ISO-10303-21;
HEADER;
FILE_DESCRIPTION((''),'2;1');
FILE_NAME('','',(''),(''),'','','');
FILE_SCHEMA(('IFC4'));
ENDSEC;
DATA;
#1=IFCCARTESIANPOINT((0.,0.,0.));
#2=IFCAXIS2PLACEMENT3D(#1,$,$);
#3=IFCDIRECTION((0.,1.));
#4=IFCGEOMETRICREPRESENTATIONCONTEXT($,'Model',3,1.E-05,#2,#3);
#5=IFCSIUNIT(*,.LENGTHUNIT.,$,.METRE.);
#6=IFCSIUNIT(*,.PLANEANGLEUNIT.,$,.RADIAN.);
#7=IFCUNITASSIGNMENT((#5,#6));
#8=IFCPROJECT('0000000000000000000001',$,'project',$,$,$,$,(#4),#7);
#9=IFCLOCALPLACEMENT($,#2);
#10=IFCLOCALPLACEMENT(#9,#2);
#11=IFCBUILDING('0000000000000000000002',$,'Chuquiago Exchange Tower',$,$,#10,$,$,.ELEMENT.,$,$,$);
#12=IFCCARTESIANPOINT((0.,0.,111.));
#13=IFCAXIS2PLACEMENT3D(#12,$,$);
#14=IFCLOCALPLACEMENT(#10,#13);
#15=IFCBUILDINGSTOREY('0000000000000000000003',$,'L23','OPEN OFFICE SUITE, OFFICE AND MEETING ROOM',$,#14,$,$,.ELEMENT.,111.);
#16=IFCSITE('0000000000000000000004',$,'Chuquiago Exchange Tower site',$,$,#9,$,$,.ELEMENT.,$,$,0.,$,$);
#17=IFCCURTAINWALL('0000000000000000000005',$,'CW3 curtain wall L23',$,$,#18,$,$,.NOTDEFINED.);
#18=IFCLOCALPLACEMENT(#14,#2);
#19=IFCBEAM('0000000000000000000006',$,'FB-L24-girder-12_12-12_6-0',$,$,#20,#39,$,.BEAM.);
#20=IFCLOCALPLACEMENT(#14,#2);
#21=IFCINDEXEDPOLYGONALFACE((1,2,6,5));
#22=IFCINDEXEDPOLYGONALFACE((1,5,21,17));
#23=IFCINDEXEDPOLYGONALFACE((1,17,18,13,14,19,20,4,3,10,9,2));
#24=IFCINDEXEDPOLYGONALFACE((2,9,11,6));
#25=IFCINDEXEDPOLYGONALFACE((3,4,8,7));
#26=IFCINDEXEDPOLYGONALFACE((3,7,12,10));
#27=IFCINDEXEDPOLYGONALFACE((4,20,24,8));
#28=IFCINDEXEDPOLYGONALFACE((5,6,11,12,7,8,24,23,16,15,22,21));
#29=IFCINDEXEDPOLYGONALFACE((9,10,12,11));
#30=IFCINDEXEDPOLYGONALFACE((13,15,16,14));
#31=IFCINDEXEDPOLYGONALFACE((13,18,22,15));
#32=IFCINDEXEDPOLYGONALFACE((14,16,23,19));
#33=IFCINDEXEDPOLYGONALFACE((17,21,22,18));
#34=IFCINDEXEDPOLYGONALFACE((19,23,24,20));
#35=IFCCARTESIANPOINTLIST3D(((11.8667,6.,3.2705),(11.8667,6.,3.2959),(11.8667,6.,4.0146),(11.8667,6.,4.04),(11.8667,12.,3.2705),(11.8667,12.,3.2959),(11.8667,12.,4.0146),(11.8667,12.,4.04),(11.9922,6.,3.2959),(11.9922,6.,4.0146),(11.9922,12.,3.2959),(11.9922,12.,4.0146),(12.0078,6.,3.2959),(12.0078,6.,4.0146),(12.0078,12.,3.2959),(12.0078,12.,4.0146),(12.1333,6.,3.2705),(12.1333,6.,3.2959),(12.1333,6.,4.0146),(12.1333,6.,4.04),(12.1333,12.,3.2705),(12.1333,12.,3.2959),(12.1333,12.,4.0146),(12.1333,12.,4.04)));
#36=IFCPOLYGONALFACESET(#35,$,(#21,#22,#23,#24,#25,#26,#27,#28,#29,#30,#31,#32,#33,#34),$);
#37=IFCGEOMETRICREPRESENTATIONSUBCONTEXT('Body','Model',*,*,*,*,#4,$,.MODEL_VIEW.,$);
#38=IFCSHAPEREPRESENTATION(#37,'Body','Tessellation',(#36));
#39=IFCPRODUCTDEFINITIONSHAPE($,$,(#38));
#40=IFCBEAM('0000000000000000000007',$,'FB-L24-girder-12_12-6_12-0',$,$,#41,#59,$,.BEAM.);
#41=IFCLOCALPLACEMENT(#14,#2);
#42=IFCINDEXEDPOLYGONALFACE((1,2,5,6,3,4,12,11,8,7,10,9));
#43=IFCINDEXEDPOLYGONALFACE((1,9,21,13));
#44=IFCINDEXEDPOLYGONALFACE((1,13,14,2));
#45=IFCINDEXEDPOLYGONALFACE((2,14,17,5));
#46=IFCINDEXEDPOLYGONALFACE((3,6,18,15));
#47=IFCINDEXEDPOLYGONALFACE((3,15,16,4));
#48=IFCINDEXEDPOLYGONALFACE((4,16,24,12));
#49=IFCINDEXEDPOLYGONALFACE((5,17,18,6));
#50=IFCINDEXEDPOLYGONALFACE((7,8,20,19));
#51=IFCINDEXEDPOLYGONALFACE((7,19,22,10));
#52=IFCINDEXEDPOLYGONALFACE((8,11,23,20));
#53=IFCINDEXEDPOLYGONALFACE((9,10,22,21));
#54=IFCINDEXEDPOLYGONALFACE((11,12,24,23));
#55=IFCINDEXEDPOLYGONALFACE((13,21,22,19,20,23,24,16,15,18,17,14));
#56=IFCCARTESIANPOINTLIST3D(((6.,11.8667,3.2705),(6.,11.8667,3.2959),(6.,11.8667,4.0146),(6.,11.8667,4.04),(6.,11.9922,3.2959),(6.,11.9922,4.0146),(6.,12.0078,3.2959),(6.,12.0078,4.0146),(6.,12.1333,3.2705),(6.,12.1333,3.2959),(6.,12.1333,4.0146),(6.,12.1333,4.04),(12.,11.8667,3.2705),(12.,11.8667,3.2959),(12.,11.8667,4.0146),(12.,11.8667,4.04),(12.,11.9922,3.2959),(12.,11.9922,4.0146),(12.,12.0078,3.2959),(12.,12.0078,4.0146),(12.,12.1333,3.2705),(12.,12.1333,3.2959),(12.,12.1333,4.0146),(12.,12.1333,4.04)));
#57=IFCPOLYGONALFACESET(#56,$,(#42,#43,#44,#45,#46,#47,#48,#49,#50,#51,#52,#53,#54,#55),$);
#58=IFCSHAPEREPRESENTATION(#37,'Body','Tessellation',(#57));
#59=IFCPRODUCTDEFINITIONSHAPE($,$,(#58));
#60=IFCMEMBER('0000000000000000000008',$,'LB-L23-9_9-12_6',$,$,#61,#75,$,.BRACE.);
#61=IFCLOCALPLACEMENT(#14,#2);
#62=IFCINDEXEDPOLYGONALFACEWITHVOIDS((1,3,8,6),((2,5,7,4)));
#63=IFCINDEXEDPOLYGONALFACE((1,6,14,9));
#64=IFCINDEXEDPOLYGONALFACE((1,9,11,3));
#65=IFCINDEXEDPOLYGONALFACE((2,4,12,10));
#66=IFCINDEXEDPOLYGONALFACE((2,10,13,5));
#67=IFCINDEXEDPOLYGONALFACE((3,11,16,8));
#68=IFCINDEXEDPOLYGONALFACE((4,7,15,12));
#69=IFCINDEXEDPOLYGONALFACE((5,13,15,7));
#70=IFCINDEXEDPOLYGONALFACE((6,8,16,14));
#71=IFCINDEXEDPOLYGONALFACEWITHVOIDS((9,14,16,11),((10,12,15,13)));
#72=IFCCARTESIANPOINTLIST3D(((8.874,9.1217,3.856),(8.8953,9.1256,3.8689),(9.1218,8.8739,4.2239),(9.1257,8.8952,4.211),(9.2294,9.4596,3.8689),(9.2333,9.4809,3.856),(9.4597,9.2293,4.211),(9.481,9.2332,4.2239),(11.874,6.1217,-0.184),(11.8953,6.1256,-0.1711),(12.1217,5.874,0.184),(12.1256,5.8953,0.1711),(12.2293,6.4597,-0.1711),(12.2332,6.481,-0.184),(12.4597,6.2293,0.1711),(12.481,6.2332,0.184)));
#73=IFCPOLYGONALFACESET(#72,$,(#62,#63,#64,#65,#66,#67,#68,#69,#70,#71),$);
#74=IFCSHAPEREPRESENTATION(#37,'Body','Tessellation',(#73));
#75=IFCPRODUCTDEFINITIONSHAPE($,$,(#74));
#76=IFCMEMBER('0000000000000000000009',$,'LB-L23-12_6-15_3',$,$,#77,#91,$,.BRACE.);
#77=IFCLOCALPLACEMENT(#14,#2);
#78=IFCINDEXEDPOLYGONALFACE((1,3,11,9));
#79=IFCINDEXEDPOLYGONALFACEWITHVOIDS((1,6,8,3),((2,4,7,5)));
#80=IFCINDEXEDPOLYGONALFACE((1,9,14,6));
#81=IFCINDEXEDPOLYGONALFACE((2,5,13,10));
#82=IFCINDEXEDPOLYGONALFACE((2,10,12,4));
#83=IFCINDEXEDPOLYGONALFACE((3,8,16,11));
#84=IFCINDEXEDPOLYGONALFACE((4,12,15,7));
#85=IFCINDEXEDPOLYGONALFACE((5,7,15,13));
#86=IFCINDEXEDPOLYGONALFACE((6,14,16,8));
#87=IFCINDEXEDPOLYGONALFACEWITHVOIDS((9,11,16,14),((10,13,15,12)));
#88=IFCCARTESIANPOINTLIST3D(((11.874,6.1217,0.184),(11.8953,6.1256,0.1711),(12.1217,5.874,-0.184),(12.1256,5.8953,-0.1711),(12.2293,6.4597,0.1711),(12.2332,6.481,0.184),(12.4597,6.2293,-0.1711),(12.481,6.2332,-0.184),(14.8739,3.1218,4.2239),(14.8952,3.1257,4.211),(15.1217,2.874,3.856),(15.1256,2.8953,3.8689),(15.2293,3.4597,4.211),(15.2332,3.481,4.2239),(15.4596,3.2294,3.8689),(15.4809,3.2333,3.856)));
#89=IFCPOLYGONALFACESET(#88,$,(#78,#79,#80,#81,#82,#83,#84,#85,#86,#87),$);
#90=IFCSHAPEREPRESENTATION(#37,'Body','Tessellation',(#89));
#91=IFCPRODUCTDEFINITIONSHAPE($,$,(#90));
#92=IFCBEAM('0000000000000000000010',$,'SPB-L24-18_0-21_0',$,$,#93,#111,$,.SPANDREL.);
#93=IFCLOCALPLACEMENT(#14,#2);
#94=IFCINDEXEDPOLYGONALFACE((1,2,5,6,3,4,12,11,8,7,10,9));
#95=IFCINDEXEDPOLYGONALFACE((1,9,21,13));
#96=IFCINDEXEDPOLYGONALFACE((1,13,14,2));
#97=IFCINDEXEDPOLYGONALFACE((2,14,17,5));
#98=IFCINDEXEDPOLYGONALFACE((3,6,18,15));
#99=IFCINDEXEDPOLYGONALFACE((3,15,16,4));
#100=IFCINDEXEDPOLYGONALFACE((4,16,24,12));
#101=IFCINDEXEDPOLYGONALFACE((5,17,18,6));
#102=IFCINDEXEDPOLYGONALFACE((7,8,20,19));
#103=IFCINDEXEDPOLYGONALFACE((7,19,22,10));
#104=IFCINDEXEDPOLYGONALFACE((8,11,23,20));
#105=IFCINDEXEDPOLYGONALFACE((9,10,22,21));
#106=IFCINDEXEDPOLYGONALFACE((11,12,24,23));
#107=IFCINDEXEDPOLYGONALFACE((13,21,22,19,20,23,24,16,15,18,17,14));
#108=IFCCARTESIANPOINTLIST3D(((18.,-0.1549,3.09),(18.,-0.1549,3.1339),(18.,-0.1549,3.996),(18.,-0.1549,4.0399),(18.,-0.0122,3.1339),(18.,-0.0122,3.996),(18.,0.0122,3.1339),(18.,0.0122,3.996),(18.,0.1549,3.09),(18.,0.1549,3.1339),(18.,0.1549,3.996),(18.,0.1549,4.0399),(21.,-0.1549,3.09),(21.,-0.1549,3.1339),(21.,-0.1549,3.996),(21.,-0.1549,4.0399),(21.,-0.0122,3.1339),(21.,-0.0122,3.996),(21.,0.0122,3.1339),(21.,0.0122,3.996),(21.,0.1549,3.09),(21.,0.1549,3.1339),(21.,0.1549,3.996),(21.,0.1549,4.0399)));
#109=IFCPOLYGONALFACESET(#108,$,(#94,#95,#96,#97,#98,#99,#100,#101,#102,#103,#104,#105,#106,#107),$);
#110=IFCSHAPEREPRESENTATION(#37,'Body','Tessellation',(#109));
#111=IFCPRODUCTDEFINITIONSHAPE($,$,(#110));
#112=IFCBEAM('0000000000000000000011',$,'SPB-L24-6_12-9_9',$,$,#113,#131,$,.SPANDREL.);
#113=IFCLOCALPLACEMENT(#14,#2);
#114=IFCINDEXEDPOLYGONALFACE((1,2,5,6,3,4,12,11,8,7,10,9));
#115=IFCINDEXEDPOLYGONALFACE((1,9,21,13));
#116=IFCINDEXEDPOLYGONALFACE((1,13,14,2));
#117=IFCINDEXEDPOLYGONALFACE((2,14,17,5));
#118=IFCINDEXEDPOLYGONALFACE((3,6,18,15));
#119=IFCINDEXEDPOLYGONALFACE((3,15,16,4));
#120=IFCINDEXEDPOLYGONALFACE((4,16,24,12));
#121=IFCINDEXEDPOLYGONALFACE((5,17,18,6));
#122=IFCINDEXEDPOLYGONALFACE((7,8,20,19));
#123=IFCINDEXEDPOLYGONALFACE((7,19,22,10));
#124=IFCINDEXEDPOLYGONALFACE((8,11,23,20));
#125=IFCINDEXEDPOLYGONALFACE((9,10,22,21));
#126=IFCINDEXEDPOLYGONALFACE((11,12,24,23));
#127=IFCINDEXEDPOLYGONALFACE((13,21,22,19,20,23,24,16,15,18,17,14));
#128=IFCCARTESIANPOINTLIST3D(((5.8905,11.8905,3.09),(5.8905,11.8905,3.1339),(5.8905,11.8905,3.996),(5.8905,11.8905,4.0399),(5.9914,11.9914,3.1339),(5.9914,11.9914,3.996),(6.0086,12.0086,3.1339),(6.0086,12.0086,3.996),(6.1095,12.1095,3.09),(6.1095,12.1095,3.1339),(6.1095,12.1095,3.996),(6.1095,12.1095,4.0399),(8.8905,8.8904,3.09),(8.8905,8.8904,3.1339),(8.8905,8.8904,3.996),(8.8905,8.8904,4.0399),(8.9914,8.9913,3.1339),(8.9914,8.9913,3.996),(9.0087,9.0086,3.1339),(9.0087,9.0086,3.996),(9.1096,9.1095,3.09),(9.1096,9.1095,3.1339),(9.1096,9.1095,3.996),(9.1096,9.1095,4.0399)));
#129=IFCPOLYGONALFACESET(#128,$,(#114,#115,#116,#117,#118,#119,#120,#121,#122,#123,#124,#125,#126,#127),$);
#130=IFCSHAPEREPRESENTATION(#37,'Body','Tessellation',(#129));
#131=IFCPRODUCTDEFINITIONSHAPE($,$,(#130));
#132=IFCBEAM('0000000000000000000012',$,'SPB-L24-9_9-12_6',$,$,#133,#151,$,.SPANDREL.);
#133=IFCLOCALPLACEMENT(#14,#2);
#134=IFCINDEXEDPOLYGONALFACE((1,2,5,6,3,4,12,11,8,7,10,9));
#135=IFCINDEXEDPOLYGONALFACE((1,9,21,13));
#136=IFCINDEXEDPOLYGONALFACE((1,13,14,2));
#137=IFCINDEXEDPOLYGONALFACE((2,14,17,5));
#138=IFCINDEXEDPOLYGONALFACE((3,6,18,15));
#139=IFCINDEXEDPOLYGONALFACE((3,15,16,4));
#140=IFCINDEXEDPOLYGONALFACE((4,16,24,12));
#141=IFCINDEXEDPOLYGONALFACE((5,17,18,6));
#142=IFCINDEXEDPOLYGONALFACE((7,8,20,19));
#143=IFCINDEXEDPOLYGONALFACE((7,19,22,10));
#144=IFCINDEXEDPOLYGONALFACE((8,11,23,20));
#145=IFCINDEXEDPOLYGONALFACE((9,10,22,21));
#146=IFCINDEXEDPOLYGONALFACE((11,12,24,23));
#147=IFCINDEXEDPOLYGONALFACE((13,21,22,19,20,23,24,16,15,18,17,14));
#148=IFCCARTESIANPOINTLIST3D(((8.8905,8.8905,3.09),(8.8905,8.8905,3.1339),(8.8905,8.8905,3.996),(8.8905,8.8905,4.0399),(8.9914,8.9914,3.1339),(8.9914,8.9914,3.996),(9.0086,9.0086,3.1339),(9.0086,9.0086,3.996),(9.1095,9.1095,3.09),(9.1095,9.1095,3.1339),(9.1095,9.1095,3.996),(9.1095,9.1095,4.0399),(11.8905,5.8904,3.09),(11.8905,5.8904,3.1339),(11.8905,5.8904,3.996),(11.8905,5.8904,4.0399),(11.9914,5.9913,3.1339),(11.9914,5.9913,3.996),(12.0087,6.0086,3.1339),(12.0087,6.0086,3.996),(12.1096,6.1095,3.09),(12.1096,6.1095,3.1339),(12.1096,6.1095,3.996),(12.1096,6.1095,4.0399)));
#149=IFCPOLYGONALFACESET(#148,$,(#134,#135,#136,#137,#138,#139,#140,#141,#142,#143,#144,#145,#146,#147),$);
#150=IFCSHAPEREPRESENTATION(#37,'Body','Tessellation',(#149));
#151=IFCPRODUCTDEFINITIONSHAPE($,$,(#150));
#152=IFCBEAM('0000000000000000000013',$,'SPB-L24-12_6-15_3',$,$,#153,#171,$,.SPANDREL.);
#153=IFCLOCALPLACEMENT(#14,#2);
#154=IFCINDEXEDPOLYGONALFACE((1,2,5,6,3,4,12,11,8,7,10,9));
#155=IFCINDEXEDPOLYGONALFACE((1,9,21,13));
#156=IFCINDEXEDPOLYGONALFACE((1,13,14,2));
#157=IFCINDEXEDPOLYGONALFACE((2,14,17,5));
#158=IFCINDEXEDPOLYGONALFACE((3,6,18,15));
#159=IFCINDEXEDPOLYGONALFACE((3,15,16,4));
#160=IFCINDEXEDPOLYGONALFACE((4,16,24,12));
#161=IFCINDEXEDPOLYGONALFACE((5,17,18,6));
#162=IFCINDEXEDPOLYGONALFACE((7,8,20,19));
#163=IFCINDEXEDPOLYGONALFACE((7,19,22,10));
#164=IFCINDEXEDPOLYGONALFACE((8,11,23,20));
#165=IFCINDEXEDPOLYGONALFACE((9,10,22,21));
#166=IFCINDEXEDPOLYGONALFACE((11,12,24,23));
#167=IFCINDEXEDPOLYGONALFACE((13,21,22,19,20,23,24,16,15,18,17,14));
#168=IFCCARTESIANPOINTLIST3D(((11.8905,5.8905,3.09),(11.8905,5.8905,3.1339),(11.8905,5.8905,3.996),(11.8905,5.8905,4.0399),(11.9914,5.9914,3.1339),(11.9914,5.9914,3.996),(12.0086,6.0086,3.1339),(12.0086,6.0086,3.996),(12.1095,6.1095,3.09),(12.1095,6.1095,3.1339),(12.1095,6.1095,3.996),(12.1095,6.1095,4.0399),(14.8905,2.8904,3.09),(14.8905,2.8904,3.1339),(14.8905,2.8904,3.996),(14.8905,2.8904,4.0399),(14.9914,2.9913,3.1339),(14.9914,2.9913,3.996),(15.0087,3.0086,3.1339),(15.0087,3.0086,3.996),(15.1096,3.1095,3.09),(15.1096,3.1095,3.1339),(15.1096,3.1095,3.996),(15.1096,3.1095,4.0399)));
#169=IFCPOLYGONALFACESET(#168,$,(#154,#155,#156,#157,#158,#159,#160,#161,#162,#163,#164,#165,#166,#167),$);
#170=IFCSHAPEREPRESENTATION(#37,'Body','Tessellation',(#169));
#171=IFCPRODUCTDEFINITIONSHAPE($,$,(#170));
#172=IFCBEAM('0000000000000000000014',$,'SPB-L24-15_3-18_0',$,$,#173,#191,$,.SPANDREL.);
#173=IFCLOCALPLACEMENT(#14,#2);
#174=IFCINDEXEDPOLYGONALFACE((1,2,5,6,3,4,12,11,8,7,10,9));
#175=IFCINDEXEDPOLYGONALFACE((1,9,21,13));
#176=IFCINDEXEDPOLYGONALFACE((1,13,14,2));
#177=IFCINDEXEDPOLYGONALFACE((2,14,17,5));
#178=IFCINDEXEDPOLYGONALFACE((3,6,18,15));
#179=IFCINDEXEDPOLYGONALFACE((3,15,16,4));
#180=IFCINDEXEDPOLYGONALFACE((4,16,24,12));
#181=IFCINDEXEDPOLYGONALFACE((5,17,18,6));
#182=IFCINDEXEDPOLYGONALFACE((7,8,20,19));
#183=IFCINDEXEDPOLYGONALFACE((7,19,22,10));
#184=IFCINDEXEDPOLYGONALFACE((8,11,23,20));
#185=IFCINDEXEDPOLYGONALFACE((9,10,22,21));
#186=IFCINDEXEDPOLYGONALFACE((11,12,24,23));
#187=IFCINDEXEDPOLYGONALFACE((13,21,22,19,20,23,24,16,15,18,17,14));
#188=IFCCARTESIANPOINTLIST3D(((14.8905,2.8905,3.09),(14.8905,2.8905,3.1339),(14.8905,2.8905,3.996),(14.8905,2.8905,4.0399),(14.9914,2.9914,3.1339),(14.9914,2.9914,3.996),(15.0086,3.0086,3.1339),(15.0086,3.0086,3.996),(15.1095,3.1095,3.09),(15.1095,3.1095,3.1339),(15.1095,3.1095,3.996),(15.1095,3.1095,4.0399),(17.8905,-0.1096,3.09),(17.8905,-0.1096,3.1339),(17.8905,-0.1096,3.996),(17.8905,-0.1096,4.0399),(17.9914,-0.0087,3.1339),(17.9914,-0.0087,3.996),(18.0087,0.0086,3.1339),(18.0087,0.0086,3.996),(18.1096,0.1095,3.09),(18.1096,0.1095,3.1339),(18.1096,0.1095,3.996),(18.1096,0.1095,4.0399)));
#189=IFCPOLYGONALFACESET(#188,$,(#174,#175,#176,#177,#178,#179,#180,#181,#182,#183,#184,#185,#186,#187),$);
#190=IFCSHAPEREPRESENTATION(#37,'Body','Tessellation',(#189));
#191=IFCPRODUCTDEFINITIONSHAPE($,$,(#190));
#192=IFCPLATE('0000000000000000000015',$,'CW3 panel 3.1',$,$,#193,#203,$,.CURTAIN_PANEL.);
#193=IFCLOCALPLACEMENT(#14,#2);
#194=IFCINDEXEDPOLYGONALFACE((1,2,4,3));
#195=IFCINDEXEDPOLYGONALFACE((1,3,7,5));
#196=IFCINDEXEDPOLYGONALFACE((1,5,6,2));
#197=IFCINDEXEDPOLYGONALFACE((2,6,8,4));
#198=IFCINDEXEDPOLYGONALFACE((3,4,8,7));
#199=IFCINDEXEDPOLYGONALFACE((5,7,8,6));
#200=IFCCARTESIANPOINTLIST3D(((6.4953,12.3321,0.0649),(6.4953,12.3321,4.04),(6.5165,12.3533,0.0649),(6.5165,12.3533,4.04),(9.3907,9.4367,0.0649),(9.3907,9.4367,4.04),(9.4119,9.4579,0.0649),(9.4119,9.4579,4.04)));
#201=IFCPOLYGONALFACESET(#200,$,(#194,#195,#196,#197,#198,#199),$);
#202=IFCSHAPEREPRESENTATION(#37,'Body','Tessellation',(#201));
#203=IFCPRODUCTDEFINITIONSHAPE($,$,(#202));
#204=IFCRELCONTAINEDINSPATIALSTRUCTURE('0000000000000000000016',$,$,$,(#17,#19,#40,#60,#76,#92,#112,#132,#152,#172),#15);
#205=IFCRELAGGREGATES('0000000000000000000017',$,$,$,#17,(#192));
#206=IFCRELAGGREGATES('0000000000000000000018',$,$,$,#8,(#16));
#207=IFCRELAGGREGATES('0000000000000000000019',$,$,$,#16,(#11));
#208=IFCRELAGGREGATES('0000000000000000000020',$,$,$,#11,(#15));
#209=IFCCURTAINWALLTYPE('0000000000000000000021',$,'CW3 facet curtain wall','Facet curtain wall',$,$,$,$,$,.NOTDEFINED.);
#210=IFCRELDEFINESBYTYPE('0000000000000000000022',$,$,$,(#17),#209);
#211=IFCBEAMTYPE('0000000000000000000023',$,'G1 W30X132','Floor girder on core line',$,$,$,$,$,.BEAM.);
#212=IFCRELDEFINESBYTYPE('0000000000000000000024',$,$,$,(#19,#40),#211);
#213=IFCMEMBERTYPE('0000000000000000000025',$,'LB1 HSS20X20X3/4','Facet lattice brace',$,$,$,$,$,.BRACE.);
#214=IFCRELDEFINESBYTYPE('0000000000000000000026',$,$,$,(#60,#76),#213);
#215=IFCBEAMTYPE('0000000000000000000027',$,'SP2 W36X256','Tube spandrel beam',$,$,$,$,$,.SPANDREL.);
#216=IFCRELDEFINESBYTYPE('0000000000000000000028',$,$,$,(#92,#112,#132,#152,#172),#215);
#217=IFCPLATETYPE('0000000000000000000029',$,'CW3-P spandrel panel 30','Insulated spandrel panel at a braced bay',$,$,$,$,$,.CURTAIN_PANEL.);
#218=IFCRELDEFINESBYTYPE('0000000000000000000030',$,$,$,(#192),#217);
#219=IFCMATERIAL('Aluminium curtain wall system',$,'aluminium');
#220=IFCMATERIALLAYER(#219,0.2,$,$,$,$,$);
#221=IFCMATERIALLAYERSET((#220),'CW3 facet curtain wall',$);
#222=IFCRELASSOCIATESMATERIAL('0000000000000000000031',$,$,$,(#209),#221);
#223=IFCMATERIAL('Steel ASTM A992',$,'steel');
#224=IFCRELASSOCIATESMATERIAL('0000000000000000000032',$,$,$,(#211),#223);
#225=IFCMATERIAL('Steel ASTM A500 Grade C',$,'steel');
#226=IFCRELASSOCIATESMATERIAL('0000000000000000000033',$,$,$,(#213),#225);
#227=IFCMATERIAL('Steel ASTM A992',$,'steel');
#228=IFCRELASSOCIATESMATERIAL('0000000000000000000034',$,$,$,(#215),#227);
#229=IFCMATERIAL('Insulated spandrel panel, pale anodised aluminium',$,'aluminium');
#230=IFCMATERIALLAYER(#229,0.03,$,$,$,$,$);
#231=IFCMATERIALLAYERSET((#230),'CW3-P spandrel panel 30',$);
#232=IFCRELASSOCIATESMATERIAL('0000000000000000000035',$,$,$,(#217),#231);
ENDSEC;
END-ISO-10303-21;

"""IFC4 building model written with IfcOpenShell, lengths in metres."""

from ifc_helpers import new_model, si_unit, direction, frame, origin, origin_2d, place, context, subcontext, project, spatial, rectangle, hollow_rectangle, i_section, extrude, material, layer, layer_set, material_profile, profile_set, type_object, element, aggregate, save


model = new_model("IFC4")

# Units and contexts
model_context = context("Model", 3, precision=1e-05, world=origin(), true_north=direction((0.0, 1.0)))
body_context = subcontext(model_context, "Body", "Model", "MODEL_VIEW")
ifc_project = project(units=[si_unit("LENGTHUNIT", "METRE"), si_unit("PLANEANGLEUNIT", "RADIAN")], contexts=[model_context])

# Site, building, storey
site_placement = place(None, origin())
site = spatial("IfcSite", under=ifc_project, at=site_placement, Name="Chuquiago Exchange Tower site", CompositionType="ELEMENT", RefElevation=0.0)
building_placement = place(site_placement, origin())
building = spatial("IfcBuilding", under=site, at=building_placement, Name="Chuquiago Exchange Tower", CompositionType="ELEMENT")
storey_placement = place(building_placement, frame((0.0, 0.0, 111.0)))
storey = spatial("IfcBuildingStorey", under=building, at=storey_placement, Name="L23", Description="OPEN OFFICE SUITE, OFFICE AND MEETING ROOM", CompositionType="ELEMENT", Elevation=111.0)

# Curtain wall
ifc_material_1 = material(Name="Aluminium curtain wall system", Category="aluminium")
ifc_layer_1 = layer(ifc_material_1, 0.2)
ifc_layer_set_1 = layer_set([ifc_layer_1], Name="CW3 facet curtain wall")
curtain_wall_type = type_object("IfcCurtainWallType", Name="CW3 facet curtain wall", Description="Facet curtain wall", PredefinedType="NOTDEFINED", material=ifc_layer_set_1)
curtain_wall_placement = place(storey_placement, origin())
curtain_wall = element("IfcCurtainWall", 1, at=curtain_wall_placement, inside=storey, type_object=curtain_wall_type, Name="CW3 curtain wall L23", PredefinedType="NOTDEFINED")

# Beams
ifc_material_2 = material(Name="Steel ASTM A992", Category="steel")
ifc_material_profile_1 = material_profile(ifc_material_2, i_section(OverallWidth=0.2666, OverallDepth=0.7695, WebThickness=0.0156, FlangeThickness=0.0254, at=origin_2d()), Name="W30X132")
ifc_profile_set_1 = profile_set([ifc_material_profile_1], Name="Steel ASTM A992")
beam_type_1 = type_object("IfcBeamType", Name="G1 W30X132", Description="Floor girder on core line", PredefinedType="BEAM", material=ifc_profile_set_1)
for number, where, z_axis, x_axis, name in (
    (2, (12.0, 12.0, 3.6553), (0.0, -1.0, 0.0), (1.0, 0.0, 0.0), "FB-L24-girder-12_12-12_6-0"),
    (3, (12.0, 12.0, 3.6553), (-1.0, 0.0, 0.0), (0.0, -1.0, 0.0), "FB-L24-girder-12_12-6_12-0"),
):
    element("IfcBeam", number, at=place(storey_placement, frame(where, z_axis=z_axis, x_axis=x_axis)), inside=storey, type_object=beam_type_1, Name=name, PredefinedType="BEAM", context=body_context, shape_type="SweptSolid", body=[
        extrude(i_section(OverallWidth=0.2666, OverallDepth=0.7695, WebThickness=0.0156, FlangeThickness=0.0254, at=origin_2d()), origin(), (0.0, 0.0, 1.0), 6.0),
    ])

# Members
ifc_material_3 = material(Name="Steel ASTM A500 Grade C", Category="steel")
ifc_material_profile_2 = material_profile(ifc_material_3, hollow_rectangle(XDim=0.5081, YDim=0.5081, WallThickness=0.0178, at=origin_2d()), Name="HSS20X20X3/4")
ifc_profile_set_2 = profile_set([ifc_material_profile_2], Name="Steel ASTM A500 Grade C")
member_type_1 = type_object("IfcMemberType", Name="LB1 HSS20X20X3/4", Description="Facet lattice brace", PredefinedType="BRACE", material=ifc_profile_set_2)
for number, where, z_axis, x_axis, name in (
    (4, (12.1775, 6.1775, 0.0), (-0.512077, 0.512077, 0.689604), (-0.707107, -0.707107, 0.0), "LB-L23-9_9-12_6"),
    (5, (12.1775, 6.1775, 0.0), (0.512077, -0.512077, 0.689604), (0.707107, 0.707107, 0.0), "LB-L23-12_6-15_3"),
):
    element("IfcMember", number, at=place(storey_placement, frame(where, z_axis=z_axis, x_axis=x_axis)), inside=storey, type_object=member_type_1, Name=name, PredefinedType="BRACE", context=body_context, shape_type="SweptSolid", body=[
        extrude(hollow_rectangle(XDim=0.5081, YDim=0.5081, WallThickness=0.0178, at=origin_2d()), origin(), (0.0, 0.0, 1.0), 5.8584),
    ])

# Beams
ifc_material_4 = material(Name="Steel ASTM A992", Category="steel")
ifc_material_profile_3 = material_profile(ifc_material_4, i_section(OverallWidth=0.3098, OverallDepth=0.95, WebThickness=0.0244, FlangeThickness=0.0439, at=origin_2d()), Name="W36X256")
ifc_profile_set_3 = profile_set([ifc_material_profile_3], Name="Steel ASTM A992")
beam_type_2 = type_object("IfcBeamType", Name="SP2 W36X256", Description="Tube spandrel beam", PredefinedType="SPANDREL", material=ifc_profile_set_3)
beam_1_placement = place(storey_placement, frame((18.0, 0.0, 3.5649), z_axis=(1.0, 0.0, 0.0), x_axis=(0.0, 1.0, 0.0)))
element("IfcBeam", 6, at=beam_1_placement, inside=storey, type_object=beam_type_2, Name="SPB-L24-18_0-21_0", PredefinedType="SPANDREL", context=body_context, shape_type="SweptSolid", body=[
    extrude(i_section(OverallWidth=0.3098, OverallDepth=0.95, WebThickness=0.0244, FlangeThickness=0.0439, at=origin_2d()), origin(), (0.0, 0.0, 1.0), 3.0),
])
for number, where, z_axis, x_axis, name in (
    (7, (6.0, 12.0, 3.5649), (0.707107, -0.707107, 0.0), (0.707107, 0.707107, 0.0), "SPB-L24-6_12-9_9"),
    (8, (9.0, 9.0, 3.5649), (0.707107, -0.707107, 0.0), (0.707107, 0.707107, 0.0), "SPB-L24-9_9-12_6"),
    (9, (12.0, 6.0, 3.5649), (0.707107, -0.707107, 0.0), (0.707107, 0.707107, 0.0), "SPB-L24-12_6-15_3"),
    (10, (15.0, 3.0, 3.5649), (0.707107, -0.707107, 0.0), (0.707107, 0.707107, 0.0), "SPB-L24-15_3-18_0"),
):
    element("IfcBeam", number, at=place(storey_placement, frame(where, z_axis=z_axis, x_axis=x_axis)), inside=storey, type_object=beam_type_2, Name=name, PredefinedType="SPANDREL", context=body_context, shape_type="SweptSolid", body=[
        extrude(i_section(OverallWidth=0.3098, OverallDepth=0.95, WebThickness=0.0244, FlangeThickness=0.0439, at=origin_2d()), origin(), (0.0, 0.0, 1.0), 4.2427),
    ])

# Plate
ifc_material_5 = material(Name="Insulated spandrel panel, pale anodised aluminium", Category="aluminium")
ifc_layer_2 = layer(ifc_material_5, 0.03)
ifc_layer_set_2 = layer_set([ifc_layer_2], Name="CW3-P spandrel panel 30")
plate_type = type_object("IfcPlateType", Name="CW3-P spandrel panel 30", Description="Insulated spandrel panel at a braced bay", PredefinedType="CURTAIN_PANEL", material=ifc_layer_set_2)
plate_1_placement = place(storey_placement, frame((7.9536, 10.895, 0.0649), z_axis=(0.0, 0.0, 1.0), x_axis=(0.707107, -0.707107, 0.0)))
plate_1 = element("IfcPlate", 11, at=plate_1_placement, type_object=plate_type, Name="CW3 panel 3.1", PredefinedType="CURTAIN_PANEL", context=body_context, shape_type="SweptSolid", body=[
    extrude(rectangle(XDim=4.0947, YDim=0.03, at=origin_2d()), origin(), (0.0, 0.0, 1.0), 3.9751),
])
aggregate(curtain_wall, [plate_1])

save(model, "model.ifc")
